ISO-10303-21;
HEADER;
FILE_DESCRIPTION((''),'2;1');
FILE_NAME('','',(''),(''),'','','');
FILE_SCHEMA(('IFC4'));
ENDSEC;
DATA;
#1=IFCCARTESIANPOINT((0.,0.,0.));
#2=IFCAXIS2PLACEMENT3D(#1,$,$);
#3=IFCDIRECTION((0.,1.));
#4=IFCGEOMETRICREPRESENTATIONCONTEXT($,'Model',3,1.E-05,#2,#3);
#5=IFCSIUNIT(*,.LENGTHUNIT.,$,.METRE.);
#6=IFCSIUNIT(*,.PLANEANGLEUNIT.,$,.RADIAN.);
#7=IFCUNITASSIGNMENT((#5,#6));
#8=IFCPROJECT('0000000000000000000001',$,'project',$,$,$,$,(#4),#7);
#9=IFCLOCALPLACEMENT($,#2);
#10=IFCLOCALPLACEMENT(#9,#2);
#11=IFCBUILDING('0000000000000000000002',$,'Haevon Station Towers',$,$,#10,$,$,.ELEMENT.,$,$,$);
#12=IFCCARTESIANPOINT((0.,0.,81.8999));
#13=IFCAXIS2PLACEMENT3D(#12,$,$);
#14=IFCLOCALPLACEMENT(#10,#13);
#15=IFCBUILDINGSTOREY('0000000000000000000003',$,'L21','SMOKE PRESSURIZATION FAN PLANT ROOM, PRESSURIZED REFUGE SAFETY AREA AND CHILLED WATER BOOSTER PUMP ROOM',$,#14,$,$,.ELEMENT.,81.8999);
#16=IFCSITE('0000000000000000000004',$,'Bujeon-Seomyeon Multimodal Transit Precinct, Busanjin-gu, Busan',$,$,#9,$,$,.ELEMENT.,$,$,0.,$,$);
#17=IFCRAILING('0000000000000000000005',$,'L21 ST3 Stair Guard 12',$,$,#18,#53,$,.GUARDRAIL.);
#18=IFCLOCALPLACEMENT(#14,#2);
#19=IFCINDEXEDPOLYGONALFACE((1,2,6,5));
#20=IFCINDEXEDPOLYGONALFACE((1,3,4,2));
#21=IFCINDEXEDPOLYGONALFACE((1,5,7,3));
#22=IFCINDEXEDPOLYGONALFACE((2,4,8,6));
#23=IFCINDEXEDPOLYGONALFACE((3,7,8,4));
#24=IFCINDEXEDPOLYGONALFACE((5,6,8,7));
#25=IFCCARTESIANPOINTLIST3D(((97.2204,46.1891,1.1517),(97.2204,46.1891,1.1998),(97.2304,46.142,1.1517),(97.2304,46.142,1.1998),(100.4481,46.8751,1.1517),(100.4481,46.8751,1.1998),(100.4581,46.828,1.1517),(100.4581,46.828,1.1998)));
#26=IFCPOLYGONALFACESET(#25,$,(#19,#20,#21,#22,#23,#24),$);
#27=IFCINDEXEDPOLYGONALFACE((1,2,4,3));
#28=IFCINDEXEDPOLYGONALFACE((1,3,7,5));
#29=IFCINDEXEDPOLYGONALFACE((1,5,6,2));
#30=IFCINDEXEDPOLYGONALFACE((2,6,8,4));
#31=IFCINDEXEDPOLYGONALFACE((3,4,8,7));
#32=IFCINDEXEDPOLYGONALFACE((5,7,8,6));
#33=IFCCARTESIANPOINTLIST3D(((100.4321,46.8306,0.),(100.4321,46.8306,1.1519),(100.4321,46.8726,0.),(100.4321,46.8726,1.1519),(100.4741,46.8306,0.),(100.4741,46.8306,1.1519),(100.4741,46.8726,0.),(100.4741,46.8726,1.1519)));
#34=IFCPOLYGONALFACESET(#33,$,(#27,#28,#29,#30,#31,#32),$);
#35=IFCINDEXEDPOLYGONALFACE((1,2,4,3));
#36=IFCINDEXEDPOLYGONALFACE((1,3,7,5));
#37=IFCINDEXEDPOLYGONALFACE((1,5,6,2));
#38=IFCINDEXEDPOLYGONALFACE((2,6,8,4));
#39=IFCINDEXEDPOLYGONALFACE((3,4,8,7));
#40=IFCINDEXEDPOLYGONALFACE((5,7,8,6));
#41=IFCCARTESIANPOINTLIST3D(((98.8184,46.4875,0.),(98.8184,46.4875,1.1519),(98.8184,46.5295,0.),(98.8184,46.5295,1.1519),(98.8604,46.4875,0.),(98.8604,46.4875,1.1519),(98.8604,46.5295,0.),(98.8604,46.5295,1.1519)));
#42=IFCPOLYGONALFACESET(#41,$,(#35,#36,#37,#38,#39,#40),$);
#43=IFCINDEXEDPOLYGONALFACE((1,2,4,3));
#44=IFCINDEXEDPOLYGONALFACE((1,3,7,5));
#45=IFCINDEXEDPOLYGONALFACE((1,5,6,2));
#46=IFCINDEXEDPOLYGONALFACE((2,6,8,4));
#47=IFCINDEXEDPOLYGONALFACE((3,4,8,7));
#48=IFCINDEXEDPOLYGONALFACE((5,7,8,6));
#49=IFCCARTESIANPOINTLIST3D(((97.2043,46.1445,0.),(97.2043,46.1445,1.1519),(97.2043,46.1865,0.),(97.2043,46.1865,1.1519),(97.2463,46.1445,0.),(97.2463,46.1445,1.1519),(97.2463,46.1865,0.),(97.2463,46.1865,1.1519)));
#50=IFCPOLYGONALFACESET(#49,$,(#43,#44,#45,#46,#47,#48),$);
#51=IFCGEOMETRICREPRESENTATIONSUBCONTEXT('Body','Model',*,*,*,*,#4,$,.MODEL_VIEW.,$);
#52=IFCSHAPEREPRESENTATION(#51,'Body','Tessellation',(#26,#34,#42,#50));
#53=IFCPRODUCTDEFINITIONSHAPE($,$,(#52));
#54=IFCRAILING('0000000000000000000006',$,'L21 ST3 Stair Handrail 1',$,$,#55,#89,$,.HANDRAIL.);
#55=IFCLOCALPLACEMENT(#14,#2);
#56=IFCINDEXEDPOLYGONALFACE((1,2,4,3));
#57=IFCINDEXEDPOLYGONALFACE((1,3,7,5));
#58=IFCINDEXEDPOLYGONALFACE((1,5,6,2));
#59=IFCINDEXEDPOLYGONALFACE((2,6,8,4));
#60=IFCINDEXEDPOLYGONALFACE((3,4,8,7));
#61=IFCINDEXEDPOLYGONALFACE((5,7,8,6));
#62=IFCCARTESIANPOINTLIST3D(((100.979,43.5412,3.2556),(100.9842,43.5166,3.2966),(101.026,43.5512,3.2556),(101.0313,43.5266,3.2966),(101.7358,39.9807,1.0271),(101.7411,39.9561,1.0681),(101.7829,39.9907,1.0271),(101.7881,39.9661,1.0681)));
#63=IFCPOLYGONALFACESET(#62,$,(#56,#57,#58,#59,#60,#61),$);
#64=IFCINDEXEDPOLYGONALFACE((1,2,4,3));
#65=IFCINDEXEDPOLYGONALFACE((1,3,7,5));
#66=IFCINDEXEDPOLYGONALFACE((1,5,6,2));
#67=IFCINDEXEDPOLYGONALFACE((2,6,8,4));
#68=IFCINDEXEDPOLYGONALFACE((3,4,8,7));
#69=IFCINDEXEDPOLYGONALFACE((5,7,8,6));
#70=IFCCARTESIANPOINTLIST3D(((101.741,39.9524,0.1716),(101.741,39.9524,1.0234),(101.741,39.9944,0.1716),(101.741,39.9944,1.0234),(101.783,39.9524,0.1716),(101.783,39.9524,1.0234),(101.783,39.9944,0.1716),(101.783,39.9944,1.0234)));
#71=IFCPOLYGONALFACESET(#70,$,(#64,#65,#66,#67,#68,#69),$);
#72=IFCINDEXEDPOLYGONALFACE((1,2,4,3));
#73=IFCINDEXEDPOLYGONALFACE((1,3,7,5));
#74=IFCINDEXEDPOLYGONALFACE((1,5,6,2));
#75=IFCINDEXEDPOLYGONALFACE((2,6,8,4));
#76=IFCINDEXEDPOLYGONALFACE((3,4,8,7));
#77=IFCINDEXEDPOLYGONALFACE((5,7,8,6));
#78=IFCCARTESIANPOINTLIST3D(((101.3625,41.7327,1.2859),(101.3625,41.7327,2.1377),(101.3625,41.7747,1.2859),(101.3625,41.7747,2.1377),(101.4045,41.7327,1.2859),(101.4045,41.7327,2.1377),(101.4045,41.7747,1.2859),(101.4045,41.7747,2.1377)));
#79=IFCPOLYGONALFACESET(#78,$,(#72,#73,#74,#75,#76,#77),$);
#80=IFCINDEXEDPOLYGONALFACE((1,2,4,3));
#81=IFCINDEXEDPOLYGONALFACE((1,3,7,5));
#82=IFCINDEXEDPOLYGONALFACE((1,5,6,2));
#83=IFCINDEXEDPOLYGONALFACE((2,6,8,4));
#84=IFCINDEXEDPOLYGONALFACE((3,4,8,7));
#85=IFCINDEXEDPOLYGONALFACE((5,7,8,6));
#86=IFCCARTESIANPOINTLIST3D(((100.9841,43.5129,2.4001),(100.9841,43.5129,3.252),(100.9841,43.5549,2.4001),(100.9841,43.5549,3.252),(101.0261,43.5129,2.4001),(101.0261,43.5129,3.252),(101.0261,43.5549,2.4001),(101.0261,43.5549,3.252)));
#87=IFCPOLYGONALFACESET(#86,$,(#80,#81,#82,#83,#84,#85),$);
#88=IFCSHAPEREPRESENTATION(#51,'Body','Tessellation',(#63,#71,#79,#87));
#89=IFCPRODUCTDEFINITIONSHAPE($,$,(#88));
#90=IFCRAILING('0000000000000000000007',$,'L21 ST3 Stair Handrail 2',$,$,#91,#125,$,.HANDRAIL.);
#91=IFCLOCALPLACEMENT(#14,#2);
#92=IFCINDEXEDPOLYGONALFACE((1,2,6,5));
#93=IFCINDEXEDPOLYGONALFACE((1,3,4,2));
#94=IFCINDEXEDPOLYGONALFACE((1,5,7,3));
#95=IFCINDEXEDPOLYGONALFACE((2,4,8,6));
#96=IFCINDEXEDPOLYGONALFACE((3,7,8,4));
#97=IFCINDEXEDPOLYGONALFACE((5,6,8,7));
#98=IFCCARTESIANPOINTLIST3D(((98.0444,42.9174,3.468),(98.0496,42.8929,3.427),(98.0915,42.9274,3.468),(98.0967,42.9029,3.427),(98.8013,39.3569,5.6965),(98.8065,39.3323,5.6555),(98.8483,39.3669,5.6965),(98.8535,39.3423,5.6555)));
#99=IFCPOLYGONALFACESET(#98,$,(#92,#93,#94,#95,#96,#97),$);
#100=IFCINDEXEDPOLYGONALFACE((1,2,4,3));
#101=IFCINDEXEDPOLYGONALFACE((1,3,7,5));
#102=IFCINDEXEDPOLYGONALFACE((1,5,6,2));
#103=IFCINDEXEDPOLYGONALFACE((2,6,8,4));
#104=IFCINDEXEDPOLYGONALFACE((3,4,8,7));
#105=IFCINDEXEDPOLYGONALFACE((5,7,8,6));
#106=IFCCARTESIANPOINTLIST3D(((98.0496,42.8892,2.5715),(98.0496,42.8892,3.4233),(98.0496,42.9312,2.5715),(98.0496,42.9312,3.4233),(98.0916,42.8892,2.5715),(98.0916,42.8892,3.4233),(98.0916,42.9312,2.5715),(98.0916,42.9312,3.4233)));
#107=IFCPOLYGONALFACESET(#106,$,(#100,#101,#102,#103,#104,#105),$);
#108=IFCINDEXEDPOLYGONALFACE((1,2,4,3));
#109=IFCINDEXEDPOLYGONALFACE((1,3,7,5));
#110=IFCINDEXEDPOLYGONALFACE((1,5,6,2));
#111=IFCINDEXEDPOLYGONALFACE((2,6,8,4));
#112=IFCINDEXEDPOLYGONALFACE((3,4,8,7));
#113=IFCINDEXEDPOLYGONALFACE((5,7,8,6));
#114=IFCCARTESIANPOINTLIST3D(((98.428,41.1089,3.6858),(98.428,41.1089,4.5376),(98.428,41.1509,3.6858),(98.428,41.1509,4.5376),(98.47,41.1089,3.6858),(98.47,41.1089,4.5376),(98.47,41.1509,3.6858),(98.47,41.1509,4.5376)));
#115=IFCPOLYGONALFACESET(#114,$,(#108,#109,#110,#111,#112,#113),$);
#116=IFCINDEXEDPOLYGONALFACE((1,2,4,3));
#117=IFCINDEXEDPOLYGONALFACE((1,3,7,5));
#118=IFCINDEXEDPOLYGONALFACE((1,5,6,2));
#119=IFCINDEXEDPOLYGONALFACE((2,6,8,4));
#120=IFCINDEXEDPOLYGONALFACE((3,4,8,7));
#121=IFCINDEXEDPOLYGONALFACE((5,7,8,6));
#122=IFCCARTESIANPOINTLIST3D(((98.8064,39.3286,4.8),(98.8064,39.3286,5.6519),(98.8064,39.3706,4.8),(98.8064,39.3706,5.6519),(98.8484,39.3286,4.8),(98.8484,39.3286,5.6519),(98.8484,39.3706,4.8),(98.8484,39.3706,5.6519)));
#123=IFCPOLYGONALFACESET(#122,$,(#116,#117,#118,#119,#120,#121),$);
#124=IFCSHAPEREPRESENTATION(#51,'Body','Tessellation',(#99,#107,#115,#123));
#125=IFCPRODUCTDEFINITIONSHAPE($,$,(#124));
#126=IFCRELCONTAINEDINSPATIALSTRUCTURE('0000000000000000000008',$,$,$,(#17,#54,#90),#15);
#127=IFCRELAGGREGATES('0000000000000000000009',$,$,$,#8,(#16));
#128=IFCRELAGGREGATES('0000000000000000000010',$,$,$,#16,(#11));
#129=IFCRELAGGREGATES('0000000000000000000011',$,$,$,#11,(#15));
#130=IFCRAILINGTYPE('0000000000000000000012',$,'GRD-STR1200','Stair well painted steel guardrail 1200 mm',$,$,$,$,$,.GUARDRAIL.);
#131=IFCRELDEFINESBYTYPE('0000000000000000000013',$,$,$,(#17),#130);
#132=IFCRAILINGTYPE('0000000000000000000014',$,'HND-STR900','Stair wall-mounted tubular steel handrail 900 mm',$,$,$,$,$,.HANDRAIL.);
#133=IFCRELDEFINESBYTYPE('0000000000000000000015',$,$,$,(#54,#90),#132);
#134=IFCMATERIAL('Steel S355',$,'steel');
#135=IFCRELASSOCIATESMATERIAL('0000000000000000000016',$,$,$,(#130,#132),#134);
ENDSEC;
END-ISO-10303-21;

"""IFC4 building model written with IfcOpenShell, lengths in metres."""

from ifc_helpers import new_model, si_unit, direction, frame, origin, origin_2d, place, context, subcontext, project, spatial, rectangle, extrude, material, type_object, element, save


model = new_model("IFC4")

# Units and contexts
model_context = context("Model", 3, precision=1e-05, world=origin(), true_north=direction((0.0, 1.0)))
body_context = subcontext(model_context, "Body", "Model", "MODEL_VIEW")
ifc_project = project(units=[si_unit("LENGTHUNIT", "METRE"), si_unit("PLANEANGLEUNIT", "RADIAN")], contexts=[model_context])

# Site, building, storey
site_placement = place(None, origin())
site = spatial("IfcSite", under=ifc_project, at=site_placement, Name="Bujeon-Seomyeon Multimodal Transit Precinct, Busanjin-gu, Busan", CompositionType="ELEMENT", RefElevation=0.0)
building_placement = place(site_placement, origin())
building = spatial("IfcBuilding", under=site, at=building_placement, Name="Haevon Station Towers", CompositionType="ELEMENT")
storey_placement = place(building_placement, frame((0.0, 0.0, 81.8999)))
storey = spatial("IfcBuildingStorey", under=building, at=storey_placement, Name="L21", Description="SMOKE PRESSURIZATION FAN PLANT ROOM, PRESSURIZED REFUGE SAFETY AREA AND CHILLED WATER BOOSTER PUMP ROOM", CompositionType="ELEMENT", Elevation=81.8999)

# Shared definitions
ifc_material_1 = material(Name="Steel S355", Category="steel")

# Railings
railing_type_1 = type_object("IfcRailingType", Name="GRD-STR1200", Description="Stair well painted steel guardrail 1200 mm", PredefinedType="GUARDRAIL", material=ifc_material_1)
railing_1_placement = place(storey_placement, frame((100.4531, 46.8516, 0.0)))
element("IfcRailing", 1, at=railing_1_placement, inside=storey, type_object=railing_type_1, Name="L21 ST3 Stair Guard 12", PredefinedType="GUARDRAIL", context=body_context, shape_type="SweptSolid", body=[
    extrude(rectangle(XDim=0.0481, YDim=0.0481, at=origin_2d()), frame((0.0, 0.0, 1.1758), z_axis=(-0.978151, -0.207897, 0.0), x_axis=(0.207897, -0.978151, 0.0)), (0.0, 0.0, 1.0), 3.2998),
    extrude(rectangle(XDim=0.042, YDim=0.042, at=origin_2d()), origin(), (0.0, 0.0, 1.0), 1.1519),
    extrude(rectangle(XDim=0.042, YDim=0.042, at=origin_2d()), frame((-1.6138, -0.343, 0.0)), (0.0, 0.0, 1.0), 1.1519),
    extrude(rectangle(XDim=0.042, YDim=0.042, at=origin_2d()), frame((-3.2278, -0.686, 0.0)), (0.0, 0.0, 1.0), 1.1519),
])
railing_type_2 = type_object("IfcRailingType", Name="HND-STR900", Description="Stair wall-mounted tubular steel handrail 900 mm", PredefinedType="HANDRAIL", material=ifc_material_1)
railing_2_placement = place(storey_placement, frame((101.762, 39.9734, 0.1716)))
element("IfcRailing", 2, at=railing_2_placement, inside=storey, type_object=railing_type_2, Name="L21 ST3 Stair Handrail 1", PredefinedType="HANDRAIL", context=body_context, shape_type="SweptSolid", body=[
    extrude(rectangle(XDim=0.0481, YDim=0.0481, at=origin_2d()), frame((0.0, 0.0, 0.876), z_axis=(-0.177324, 0.834225, 0.522134), x_axis=(-0.978147, -0.207917, 0.0)), (0.0, 0.0, 1.0), 4.2681),
    extrude(rectangle(XDim=0.042, YDim=0.042, at=origin_2d()), origin(), (0.0, 0.0, 1.0), 0.8518),
    extrude(rectangle(XDim=0.042, YDim=0.042, at=origin_2d()), frame((-0.3784, 1.7803, 1.1143)), (0.0, 0.0, 1.0), 0.8518),
    extrude(rectangle(XDim=0.042, YDim=0.042, at=origin_2d()), frame((-0.7568, 3.5605, 2.2285)), (0.0, 0.0, 1.0), 0.8518),
])
railing_3_placement = place(storey_placement, frame((98.0706, 42.9102, 2.5715)))
element("IfcRailing", 3, at=railing_3_placement, inside=storey, type_object=railing_type_2, Name="L21 ST3 Stair Handrail 2", PredefinedType="HANDRAIL", context=body_context, shape_type="SweptSolid", body=[
    extrude(rectangle(XDim=0.0481, YDim=0.0481, at=origin_2d()), frame((0.0, 0.0, 0.876), z_axis=(0.177324, -0.834225, 0.522134), x_axis=(0.978147, 0.207917, 0.0)), (0.0, 0.0, 1.0), 4.2681),
    extrude(rectangle(XDim=0.042, YDim=0.042, at=origin_2d()), origin(), (0.0, 0.0, 1.0), 0.8518),
    extrude(rectangle(XDim=0.042, YDim=0.042, at=origin_2d()), frame((0.3784, -1.7803, 1.1143)), (0.0, 0.0, 1.0), 0.8518),
    extrude(rectangle(XDim=0.042, YDim=0.042, at=origin_2d()), frame((0.7568, -3.5605, 2.2285)), (0.0, 0.0, 1.0), 0.8518),
])

save(model, "model.ifc")
